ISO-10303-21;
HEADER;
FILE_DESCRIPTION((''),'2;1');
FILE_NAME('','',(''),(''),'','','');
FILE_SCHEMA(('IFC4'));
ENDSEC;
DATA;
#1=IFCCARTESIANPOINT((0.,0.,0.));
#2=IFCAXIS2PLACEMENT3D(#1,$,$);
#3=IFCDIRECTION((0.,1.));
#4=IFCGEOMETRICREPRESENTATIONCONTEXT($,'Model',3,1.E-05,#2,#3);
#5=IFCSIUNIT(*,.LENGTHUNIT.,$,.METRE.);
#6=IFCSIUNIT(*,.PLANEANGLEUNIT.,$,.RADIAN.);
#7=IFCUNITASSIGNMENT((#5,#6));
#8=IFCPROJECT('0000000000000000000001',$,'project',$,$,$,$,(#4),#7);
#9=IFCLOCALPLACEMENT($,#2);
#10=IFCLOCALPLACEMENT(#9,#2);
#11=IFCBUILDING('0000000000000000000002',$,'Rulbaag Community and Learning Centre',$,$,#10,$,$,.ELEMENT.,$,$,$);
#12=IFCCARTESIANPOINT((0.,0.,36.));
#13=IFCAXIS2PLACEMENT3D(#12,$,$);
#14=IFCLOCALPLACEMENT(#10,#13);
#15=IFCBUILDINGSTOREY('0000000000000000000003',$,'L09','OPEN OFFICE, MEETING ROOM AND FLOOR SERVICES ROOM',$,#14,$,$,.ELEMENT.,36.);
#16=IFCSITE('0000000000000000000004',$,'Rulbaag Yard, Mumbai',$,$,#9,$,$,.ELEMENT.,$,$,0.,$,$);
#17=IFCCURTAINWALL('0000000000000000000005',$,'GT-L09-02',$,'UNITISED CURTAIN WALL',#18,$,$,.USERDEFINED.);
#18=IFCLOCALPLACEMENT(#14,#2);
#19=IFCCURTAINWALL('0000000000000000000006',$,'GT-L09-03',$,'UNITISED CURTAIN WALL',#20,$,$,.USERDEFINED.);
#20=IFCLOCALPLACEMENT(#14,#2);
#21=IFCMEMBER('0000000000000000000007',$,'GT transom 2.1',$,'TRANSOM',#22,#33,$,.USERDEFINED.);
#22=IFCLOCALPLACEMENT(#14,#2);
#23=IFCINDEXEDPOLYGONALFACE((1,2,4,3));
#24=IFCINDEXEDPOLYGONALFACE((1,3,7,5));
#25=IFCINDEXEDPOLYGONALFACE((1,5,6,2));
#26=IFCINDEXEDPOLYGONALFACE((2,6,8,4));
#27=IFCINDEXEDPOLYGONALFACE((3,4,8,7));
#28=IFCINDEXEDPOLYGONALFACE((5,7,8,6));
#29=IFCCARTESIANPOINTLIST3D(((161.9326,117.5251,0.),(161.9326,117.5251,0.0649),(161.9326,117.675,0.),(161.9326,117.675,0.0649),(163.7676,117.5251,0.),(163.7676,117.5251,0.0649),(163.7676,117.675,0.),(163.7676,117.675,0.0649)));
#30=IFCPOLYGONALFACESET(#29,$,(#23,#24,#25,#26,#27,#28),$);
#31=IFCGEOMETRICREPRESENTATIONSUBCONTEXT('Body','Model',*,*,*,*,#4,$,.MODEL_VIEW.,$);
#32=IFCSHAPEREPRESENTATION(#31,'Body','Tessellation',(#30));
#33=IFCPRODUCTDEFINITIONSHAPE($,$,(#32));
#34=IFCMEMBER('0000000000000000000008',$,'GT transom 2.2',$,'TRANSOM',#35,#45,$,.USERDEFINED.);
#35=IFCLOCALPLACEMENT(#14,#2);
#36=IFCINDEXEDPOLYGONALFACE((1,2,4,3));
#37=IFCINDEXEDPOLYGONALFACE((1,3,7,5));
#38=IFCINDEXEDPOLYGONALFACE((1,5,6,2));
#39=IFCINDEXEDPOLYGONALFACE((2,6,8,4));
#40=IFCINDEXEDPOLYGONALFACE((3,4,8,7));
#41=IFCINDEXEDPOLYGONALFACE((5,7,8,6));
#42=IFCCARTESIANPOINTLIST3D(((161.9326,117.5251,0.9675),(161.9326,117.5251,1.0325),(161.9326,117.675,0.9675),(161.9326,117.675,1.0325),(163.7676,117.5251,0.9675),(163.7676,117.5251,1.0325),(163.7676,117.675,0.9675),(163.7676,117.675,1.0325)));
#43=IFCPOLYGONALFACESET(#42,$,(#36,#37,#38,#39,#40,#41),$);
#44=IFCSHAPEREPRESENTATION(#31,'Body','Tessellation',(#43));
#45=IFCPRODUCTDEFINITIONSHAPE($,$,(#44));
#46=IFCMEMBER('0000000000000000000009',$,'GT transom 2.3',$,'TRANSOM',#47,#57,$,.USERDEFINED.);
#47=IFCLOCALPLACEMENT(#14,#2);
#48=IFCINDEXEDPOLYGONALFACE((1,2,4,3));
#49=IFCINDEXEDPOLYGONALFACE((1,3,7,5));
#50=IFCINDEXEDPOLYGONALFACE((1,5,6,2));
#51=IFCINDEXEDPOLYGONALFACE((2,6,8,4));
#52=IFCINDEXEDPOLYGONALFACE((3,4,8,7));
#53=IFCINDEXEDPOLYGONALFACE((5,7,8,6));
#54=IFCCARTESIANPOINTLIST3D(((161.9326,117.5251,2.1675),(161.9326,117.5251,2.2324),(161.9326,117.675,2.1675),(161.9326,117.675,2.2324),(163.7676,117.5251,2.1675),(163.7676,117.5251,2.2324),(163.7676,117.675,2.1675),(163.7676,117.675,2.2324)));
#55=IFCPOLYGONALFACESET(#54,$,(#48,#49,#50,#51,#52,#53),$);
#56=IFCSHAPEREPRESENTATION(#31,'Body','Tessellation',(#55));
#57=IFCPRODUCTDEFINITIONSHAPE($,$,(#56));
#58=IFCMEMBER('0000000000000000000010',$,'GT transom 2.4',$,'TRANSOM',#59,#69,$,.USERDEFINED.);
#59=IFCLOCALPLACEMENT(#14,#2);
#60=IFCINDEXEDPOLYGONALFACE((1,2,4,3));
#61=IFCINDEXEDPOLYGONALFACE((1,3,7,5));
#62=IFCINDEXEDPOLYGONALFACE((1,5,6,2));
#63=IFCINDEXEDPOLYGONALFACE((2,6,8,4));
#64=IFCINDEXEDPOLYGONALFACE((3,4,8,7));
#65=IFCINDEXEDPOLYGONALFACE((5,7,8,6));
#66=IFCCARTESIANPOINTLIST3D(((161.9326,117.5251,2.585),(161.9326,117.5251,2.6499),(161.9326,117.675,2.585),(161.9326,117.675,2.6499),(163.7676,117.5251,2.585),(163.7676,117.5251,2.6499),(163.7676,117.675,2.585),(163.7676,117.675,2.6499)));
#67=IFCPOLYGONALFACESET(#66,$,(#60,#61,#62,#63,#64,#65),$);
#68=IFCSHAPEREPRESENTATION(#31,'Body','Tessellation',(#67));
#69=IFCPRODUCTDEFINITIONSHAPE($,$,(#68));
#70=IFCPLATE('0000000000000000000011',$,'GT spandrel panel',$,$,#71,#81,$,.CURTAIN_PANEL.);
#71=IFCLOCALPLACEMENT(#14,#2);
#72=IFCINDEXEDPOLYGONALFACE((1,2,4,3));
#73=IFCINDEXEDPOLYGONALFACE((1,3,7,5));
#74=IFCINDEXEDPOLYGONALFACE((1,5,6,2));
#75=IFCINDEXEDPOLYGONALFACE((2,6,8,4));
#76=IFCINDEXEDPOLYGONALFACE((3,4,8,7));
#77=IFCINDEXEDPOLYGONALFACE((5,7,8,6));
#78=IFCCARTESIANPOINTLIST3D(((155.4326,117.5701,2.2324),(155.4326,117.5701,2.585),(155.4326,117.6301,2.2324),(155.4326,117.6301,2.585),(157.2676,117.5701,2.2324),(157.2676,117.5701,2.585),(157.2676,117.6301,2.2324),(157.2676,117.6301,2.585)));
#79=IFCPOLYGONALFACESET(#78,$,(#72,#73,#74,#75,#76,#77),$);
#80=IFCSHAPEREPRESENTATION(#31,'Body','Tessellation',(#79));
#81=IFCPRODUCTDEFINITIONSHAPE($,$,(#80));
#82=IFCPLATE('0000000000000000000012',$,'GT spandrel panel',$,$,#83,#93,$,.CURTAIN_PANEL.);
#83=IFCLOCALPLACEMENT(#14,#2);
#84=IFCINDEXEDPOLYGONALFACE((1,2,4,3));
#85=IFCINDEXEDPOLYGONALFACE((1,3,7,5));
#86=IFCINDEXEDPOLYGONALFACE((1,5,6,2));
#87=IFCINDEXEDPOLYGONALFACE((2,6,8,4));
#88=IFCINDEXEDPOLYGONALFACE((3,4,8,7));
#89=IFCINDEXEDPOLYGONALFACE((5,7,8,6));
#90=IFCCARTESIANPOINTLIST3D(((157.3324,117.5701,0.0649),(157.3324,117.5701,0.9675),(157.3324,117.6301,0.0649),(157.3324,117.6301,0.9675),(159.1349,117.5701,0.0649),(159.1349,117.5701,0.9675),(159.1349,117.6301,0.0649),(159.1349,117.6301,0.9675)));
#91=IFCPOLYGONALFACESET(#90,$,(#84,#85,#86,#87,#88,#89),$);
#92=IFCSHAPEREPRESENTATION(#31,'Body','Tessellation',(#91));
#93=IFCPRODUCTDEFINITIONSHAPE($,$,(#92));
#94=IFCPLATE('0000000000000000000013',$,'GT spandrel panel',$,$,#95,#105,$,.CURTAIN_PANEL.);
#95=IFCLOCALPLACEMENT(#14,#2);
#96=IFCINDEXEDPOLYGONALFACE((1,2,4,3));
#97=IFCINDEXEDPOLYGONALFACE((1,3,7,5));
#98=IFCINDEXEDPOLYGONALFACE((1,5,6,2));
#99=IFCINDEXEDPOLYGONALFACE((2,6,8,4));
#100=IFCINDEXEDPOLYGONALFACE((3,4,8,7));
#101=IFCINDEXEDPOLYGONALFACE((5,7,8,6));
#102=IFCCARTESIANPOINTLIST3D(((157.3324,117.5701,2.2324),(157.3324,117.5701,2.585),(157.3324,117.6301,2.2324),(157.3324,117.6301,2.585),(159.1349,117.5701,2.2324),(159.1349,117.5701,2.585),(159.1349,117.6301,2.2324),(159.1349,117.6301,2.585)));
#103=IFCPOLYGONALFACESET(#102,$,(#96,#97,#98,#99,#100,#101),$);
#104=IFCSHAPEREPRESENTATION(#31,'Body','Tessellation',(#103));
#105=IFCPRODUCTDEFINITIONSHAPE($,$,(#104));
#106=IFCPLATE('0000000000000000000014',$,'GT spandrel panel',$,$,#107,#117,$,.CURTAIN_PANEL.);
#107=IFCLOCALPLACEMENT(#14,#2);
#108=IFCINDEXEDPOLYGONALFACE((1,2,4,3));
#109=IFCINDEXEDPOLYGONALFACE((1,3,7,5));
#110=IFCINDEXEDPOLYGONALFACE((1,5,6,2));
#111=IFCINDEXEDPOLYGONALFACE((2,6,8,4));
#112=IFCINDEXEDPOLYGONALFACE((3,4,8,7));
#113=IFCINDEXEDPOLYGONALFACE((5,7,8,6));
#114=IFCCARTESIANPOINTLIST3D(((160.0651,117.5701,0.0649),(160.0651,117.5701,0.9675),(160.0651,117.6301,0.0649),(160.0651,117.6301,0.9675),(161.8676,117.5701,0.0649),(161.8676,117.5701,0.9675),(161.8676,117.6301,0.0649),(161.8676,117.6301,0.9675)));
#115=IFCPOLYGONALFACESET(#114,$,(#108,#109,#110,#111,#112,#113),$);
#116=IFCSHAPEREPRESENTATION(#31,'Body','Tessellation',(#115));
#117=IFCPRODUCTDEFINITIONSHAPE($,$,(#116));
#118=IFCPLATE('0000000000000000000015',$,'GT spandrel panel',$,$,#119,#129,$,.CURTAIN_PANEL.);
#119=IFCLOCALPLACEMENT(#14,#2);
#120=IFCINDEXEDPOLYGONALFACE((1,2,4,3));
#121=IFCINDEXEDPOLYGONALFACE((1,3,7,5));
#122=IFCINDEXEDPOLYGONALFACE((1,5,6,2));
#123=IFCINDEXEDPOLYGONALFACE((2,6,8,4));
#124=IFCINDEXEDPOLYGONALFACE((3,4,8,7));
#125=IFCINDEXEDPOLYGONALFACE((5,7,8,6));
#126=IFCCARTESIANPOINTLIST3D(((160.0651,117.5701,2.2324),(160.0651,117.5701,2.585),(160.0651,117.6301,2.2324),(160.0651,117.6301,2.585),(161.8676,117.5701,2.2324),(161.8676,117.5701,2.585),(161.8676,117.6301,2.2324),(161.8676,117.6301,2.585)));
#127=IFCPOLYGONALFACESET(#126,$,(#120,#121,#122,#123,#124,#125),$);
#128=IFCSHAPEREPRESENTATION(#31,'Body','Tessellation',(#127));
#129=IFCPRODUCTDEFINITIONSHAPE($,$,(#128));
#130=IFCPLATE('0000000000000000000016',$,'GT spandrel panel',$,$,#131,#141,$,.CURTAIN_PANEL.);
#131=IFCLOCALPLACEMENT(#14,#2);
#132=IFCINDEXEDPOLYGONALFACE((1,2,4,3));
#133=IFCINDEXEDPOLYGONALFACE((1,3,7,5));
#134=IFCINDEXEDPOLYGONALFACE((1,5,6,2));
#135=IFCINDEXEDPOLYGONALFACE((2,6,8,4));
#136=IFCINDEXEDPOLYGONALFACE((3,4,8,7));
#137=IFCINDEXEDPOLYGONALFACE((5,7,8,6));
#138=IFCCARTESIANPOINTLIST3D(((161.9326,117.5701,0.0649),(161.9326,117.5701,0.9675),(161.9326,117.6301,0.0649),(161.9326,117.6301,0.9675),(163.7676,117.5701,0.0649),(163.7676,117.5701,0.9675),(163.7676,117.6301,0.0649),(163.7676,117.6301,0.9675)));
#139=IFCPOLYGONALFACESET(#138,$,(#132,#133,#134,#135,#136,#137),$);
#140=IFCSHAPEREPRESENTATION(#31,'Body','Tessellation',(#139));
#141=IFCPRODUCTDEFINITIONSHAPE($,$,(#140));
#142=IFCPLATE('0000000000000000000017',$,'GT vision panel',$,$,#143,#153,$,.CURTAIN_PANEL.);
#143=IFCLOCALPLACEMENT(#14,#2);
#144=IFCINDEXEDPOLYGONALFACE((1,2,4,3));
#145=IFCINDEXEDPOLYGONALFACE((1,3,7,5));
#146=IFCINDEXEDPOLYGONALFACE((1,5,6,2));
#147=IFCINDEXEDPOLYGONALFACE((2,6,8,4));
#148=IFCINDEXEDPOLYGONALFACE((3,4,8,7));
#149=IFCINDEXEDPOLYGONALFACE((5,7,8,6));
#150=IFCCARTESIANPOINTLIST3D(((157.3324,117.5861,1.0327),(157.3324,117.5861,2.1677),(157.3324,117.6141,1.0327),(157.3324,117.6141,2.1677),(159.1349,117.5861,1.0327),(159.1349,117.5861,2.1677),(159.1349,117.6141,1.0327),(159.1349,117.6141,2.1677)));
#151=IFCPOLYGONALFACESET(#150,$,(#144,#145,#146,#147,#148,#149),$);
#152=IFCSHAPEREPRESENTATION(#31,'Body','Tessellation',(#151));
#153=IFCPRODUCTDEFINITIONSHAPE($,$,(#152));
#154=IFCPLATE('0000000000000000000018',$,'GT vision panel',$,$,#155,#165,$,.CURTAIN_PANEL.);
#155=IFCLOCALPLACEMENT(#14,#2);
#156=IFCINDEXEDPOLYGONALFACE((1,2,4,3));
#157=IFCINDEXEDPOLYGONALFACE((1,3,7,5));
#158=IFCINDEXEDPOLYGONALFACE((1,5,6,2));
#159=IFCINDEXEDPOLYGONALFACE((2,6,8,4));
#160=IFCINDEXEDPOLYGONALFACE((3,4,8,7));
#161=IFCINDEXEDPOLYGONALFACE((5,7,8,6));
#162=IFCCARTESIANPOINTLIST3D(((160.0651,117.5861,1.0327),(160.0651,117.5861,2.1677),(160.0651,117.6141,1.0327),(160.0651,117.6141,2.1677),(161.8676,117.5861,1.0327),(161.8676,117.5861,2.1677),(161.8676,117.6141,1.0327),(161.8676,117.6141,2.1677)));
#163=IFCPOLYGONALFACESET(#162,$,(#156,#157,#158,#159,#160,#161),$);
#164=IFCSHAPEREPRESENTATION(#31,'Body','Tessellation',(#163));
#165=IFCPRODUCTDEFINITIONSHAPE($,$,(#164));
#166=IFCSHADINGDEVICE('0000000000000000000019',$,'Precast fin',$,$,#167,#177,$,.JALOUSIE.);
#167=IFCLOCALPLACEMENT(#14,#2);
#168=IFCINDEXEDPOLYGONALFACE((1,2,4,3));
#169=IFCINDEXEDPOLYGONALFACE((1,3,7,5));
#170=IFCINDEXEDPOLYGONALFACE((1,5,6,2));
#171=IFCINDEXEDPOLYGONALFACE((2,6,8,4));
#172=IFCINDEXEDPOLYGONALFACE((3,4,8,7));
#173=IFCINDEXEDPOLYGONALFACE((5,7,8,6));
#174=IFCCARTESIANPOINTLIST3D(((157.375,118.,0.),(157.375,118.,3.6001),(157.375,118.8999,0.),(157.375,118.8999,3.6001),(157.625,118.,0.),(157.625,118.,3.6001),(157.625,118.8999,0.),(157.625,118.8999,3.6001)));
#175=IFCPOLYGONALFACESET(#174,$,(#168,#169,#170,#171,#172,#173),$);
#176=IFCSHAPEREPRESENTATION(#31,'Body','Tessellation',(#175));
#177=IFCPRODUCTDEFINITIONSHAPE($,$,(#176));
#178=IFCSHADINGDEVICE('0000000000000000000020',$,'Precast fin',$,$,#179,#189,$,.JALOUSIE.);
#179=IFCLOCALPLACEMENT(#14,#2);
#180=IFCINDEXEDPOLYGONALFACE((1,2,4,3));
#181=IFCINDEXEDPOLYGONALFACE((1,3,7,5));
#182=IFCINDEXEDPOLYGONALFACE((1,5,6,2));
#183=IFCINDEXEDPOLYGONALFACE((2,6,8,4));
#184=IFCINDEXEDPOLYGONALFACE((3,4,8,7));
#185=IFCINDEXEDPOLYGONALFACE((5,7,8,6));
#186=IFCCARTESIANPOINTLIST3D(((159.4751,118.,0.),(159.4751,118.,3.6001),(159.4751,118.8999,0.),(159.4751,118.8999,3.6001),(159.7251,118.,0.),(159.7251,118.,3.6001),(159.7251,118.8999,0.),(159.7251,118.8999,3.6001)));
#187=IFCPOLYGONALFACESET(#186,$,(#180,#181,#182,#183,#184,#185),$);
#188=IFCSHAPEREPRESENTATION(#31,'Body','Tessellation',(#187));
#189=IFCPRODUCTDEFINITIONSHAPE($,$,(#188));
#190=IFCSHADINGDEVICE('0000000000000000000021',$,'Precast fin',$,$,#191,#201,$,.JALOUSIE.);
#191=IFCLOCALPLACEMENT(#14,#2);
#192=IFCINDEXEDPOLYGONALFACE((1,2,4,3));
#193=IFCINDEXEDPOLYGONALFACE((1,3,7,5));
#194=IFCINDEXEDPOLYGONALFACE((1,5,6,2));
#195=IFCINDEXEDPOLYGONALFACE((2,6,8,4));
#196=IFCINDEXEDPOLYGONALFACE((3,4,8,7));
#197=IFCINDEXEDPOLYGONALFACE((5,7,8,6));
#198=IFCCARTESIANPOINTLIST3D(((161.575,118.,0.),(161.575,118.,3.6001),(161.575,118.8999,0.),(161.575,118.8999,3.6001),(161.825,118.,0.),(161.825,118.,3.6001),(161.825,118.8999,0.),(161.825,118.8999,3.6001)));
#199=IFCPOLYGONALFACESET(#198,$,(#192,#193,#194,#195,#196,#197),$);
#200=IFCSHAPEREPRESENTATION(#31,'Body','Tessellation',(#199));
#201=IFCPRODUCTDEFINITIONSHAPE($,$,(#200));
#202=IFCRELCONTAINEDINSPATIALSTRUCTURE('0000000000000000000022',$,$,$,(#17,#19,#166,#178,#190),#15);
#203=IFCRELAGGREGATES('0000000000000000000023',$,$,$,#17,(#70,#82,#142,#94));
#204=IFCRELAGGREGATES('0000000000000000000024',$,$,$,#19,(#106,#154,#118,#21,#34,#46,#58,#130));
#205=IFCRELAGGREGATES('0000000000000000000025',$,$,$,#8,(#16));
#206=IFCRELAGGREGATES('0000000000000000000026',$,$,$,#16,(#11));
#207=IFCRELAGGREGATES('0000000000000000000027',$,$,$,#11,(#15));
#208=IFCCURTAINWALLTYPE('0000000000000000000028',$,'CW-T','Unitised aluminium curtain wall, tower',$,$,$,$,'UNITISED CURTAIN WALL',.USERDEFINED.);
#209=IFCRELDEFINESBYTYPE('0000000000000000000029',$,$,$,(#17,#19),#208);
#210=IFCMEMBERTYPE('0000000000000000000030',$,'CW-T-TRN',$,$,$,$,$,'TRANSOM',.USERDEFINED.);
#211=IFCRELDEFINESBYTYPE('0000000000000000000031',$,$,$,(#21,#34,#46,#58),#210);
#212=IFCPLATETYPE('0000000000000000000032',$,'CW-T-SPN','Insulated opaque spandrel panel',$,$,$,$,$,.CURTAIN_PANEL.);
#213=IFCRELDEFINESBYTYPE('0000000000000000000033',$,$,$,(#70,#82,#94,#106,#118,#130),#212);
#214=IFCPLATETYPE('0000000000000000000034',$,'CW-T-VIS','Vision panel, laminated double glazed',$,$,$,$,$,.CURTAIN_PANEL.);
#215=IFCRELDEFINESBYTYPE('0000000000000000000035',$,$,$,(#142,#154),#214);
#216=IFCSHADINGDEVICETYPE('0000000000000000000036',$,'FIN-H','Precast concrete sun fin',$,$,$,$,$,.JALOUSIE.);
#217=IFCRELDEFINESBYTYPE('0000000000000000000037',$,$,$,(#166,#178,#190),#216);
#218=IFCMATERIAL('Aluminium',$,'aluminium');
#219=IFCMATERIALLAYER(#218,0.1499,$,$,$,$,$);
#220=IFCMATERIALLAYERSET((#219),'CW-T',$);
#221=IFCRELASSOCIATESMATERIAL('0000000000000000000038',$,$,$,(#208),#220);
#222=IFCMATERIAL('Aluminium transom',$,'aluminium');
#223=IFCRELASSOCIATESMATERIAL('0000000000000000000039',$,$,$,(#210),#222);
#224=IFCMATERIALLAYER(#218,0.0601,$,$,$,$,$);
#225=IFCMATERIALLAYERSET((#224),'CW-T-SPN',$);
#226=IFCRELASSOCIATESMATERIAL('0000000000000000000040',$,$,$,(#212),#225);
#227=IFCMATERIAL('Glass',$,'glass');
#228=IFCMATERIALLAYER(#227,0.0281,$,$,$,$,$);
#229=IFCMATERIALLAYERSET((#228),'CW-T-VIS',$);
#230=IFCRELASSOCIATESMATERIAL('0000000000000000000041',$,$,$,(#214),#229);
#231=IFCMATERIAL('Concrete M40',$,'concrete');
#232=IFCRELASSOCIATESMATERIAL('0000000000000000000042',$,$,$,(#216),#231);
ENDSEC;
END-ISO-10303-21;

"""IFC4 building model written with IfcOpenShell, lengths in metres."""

from ifc_helpers import new_model, si_unit, direction, frame, origin, origin_2d, place, context, subcontext, project, spatial, rectangle, extrude, material, layer, layer_set, material_profile, profile_set, type_object, element, aggregate, save


model = new_model("IFC4")

# Units and contexts
model_context = context("Model", 3, precision=1e-05, world=origin(), true_north=direction((0.0, 1.0)))
body_context = subcontext(model_context, "Body", "Model", "MODEL_VIEW")
ifc_project = project(units=[si_unit("LENGTHUNIT", "METRE"), si_unit("PLANEANGLEUNIT", "RADIAN")], contexts=[model_context])

# Site, building, storey
site_placement = place(None, origin())
site = spatial("IfcSite", under=ifc_project, at=site_placement, Name="Rulbaag Yard, Mumbai", CompositionType="ELEMENT", RefElevation=0.0)
building_placement = place(site_placement, origin())
building = spatial("IfcBuilding", under=site, at=building_placement, Name="Rulbaag Community and Learning Centre", CompositionType="ELEMENT")
storey_placement = place(building_placement, frame((0.0, 0.0, 36.0)))
storey = spatial("IfcBuildingStorey", under=building, at=storey_placement, Name="L09", Description="OPEN OFFICE, MEETING ROOM AND FLOOR SERVICES ROOM", CompositionType="ELEMENT", Elevation=36.0)

# Shared definitions
ifc_material_1 = material(Name="Concrete M40", Category="concrete")

# Curtain walls
ifc_material_2 = material(Name="Aluminium", Category="aluminium")
ifc_layer_1 = layer(ifc_material_2, 0.1499)
ifc_layer_set_1 = layer_set([ifc_layer_1], Name="CW-T")
curtain_wall_type = type_object("IfcCurtainWallType", Name="CW-T", Description="Unitised aluminium curtain wall, tower", ElementType="UNITISED CURTAIN WALL", PredefinedType="USERDEFINED", material=ifc_layer_set_1)
curtain_wall_1_placement = place(storey_placement, origin())
curtain_wall_1 = element("IfcCurtainWall", 1, at=curtain_wall_1_placement, inside=storey, type_object=curtain_wall_type, Name="GT-L09-02", ObjectType="UNITISED CURTAIN WALL", PredefinedType="USERDEFINED")
curtain_wall_2_placement = place(storey_placement, origin())
curtain_wall_2 = element("IfcCurtainWall", 2, at=curtain_wall_2_placement, inside=storey, type_object=curtain_wall_type, Name="GT-L09-03", ObjectType="UNITISED CURTAIN WALL", PredefinedType="USERDEFINED")

# Members
ifc_material_3 = material(Name="Aluminium transom", Category="aluminium")
ifc_material_profile_1 = material_profile(ifc_material_3, rectangle(XDim=0.1499, YDim=0.0649, at=origin_2d()), Name="AL 65x150 T")
ifc_profile_set_1 = profile_set([ifc_material_profile_1], Name="Aluminium transom")
member_type_1 = type_object("IfcMemberType", Name="CW-T-TRN", ElementType="TRANSOM", PredefinedType="USERDEFINED", material=ifc_profile_set_1)
member_1_placement = place(storey_placement, frame((161.9326, 117.6001, 0.0325), z_axis=(1.0, 0.0, 0.0), x_axis=(0.0, 1.0, 0.0)))
member_1 = element("IfcMember", 3, at=member_1_placement, type_object=member_type_1, Name="GT transom 2.1", ObjectType="TRANSOM", PredefinedType="USERDEFINED", context=body_context, shape_type="SweptSolid", body=[
    extrude(rectangle(XDim=0.1499, YDim=0.0649, at=origin_2d()), origin(), (0.0, 0.0, 1.0), 1.835),
])
member_2_placement = place(storey_placement, frame((161.9326, 117.6001, 1.0), z_axis=(1.0, 0.0, 0.0), x_axis=(0.0, 1.0, 0.0)))
member_2 = element("IfcMember", 4, at=member_2_placement, type_object=member_type_1, Name="GT transom 2.2", ObjectType="TRANSOM", PredefinedType="USERDEFINED", context=body_context, shape_type="SweptSolid", body=[
    extrude(rectangle(XDim=0.1499, YDim=0.0649, at=origin_2d()), origin(), (0.0, 0.0, 1.0), 1.835),
])
member_3_placement = place(storey_placement, frame((161.9326, 117.6001, 2.2), z_axis=(1.0, 0.0, 0.0), x_axis=(0.0, 1.0, 0.0)))
member_3 = element("IfcMember", 5, at=member_3_placement, type_object=member_type_1, Name="GT transom 2.3", ObjectType="TRANSOM", PredefinedType="USERDEFINED", context=body_context, shape_type="SweptSolid", body=[
    extrude(rectangle(XDim=0.1499, YDim=0.0649, at=origin_2d()), origin(), (0.0, 0.0, 1.0), 1.835),
])
member_4_placement = place(storey_placement, frame((161.9326, 117.6001, 2.6174), z_axis=(1.0, 0.0, 0.0), x_axis=(0.0, 1.0, 0.0)))
member_4 = element("IfcMember", 6, at=member_4_placement, type_object=member_type_1, Name="GT transom 2.4", ObjectType="TRANSOM", PredefinedType="USERDEFINED", context=body_context, shape_type="SweptSolid", body=[
    extrude(rectangle(XDim=0.1499, YDim=0.0649, at=origin_2d()), origin(), (0.0, 0.0, 1.0), 1.835),
])

# Plates
ifc_layer_2 = layer(ifc_material_2, 0.0601)
ifc_layer_set_2 = layer_set([ifc_layer_2], Name="CW-T-SPN")
plate_type_1 = type_object("IfcPlateType", Name="CW-T-SPN", Description="Insulated opaque spandrel panel", PredefinedType="CURTAIN_PANEL", material=ifc_layer_set_2)
plate_1_placement = place(storey_placement, frame((156.3501, 117.6001, 2.2324), z_axis=(0.0, 0.0, 1.0), x_axis=(1.0, 0.0, 0.0)))
plate_1 = element("IfcPlate", 7, at=plate_1_placement, type_object=plate_type_1, Name="GT spandrel panel", PredefinedType="CURTAIN_PANEL", context=body_context, shape_type="SweptSolid", body=[
    extrude(rectangle(XDim=1.835, YDim=0.0601, at=origin_2d()), origin(), (0.0, 0.0, 1.0), 0.3525),
])
plate_2_placement = place(storey_placement, frame((158.2336, 117.6001, 0.0649), z_axis=(0.0, 0.0, 1.0), x_axis=(1.0, 0.0, 0.0)))
plate_2 = element("IfcPlate", 8, at=plate_2_placement, type_object=plate_type_1, Name="GT spandrel panel", PredefinedType="CURTAIN_PANEL", context=body_context, shape_type="SweptSolid", body=[
    extrude(rectangle(XDim=1.8025, YDim=0.0601, at=origin_2d()), origin(), (0.0, 0.0, 1.0), 0.9026),
])
plate_3_placement = place(storey_placement, frame((158.2336, 117.6001, 2.2324), z_axis=(0.0, 0.0, 1.0), x_axis=(1.0, 0.0, 0.0)))
plate_3 = element("IfcPlate", 9, at=plate_3_placement, type_object=plate_type_1, Name="GT spandrel panel", PredefinedType="CURTAIN_PANEL", context=body_context, shape_type="SweptSolid", body=[
    extrude(rectangle(XDim=1.8025, YDim=0.0601, at=origin_2d()), origin(), (0.0, 0.0, 1.0), 0.3525),
])
plate_4_placement = place(storey_placement, frame((160.9663, 117.6001, 0.0649), z_axis=(0.0, 0.0, 1.0), x_axis=(1.0, 0.0, 0.0)))
plate_4 = element("IfcPlate", 10, at=plate_4_placement, type_object=plate_type_1, Name="GT spandrel panel", PredefinedType="CURTAIN_PANEL", context=body_context, shape_type="SweptSolid", body=[
    extrude(rectangle(XDim=1.8025, YDim=0.0601, at=origin_2d()), origin(), (0.0, 0.0, 1.0), 0.9026),
])
plate_5_placement = place(storey_placement, frame((160.9663, 117.6001, 2.2324), z_axis=(0.0, 0.0, 1.0), x_axis=(1.0, 0.0, 0.0)))
plate_5 = element("IfcPlate", 11, at=plate_5_placement, type_object=plate_type_1, Name="GT spandrel panel", PredefinedType="CURTAIN_PANEL", context=body_context, shape_type="SweptSolid", body=[
    extrude(rectangle(XDim=1.8025, YDim=0.0601, at=origin_2d()), origin(), (0.0, 0.0, 1.0), 0.3525),
])
plate_6_placement = place(storey_placement, frame((162.8501, 117.6001, 0.0649), z_axis=(0.0, 0.0, 1.0), x_axis=(1.0, 0.0, 0.0)))
plate_6 = element("IfcPlate", 12, at=plate_6_placement, type_object=plate_type_1, Name="GT spandrel panel", PredefinedType="CURTAIN_PANEL", context=body_context, shape_type="SweptSolid", body=[
    extrude(rectangle(XDim=1.835, YDim=0.0601, at=origin_2d()), origin(), (0.0, 0.0, 1.0), 0.9026),
])
ifc_material_4 = material(Name="Glass", Category="glass")
ifc_layer_3 = layer(ifc_material_4, 0.0281)
ifc_layer_set_3 = layer_set([ifc_layer_3], Name="CW-T-VIS")
plate_type_2 = type_object("IfcPlateType", Name="CW-T-VIS", Description="Vision panel, laminated double glazed", PredefinedType="CURTAIN_PANEL", material=ifc_layer_set_3)
plate_7_placement = place(storey_placement, frame((158.2336, 117.6001, 1.0327), z_axis=(0.0, 0.0, 1.0), x_axis=(1.0, 0.0, 0.0)))
plate_7 = element("IfcPlate", 13, at=plate_7_placement, type_object=plate_type_2, Name="GT vision panel", PredefinedType="CURTAIN_PANEL", context=body_context, shape_type="SweptSolid", body=[
    extrude(rectangle(XDim=1.8025, YDim=0.0281, at=origin_2d()), origin(), (0.0, 0.0, 1.0), 1.135),
])
aggregate(curtain_wall_1, [plate_1, plate_2, plate_7, plate_3])
plate_8_placement = place(storey_placement, frame((160.9663, 117.6001, 1.0327), z_axis=(0.0, 0.0, 1.0), x_axis=(1.0, 0.0, 0.0)))
plate_8 = element("IfcPlate", 14, at=plate_8_placement, type_object=plate_type_2, Name="GT vision panel", PredefinedType="CURTAIN_PANEL", context=body_context, shape_type="SweptSolid", body=[
    extrude(rectangle(XDim=1.8025, YDim=0.0281, at=origin_2d()), origin(), (0.0, 0.0, 1.0), 1.135),
])
aggregate(curtain_wall_2, [plate_4, plate_8, plate_5, member_1, member_2, member_3, member_4, plate_6])

# Shading devices
ifc_material_profile_2 = material_profile(ifc_material_1, rectangle(XDim=0.25, YDim=0.8999, at=origin_2d()), Name="PC 250x900")
ifc_profile_set_2 = profile_set([ifc_material_profile_2], Name="Concrete M40")
shading_device_type = type_object("IfcShadingDeviceType", Name="FIN-H", Description="Precast concrete sun fin", PredefinedType="JALOUSIE", material=ifc_profile_set_2)
for number, where, z_axis, x_axis, name in (
    (15, (157.5, 118.45, 0.0), (0.0, 0.0, 1.0), (1.0, 0.0, 0.0), "Precast fin"),
    (16, (159.6001, 118.45, 0.0), (0.0, 0.0, 1.0), (1.0, 0.0, 0.0), "Precast fin"),
    (17, (161.7, 118.45, 0.0), (0.0, 0.0, 1.0), (1.0, 0.0, 0.0), "Precast fin"),
):
    element("IfcShadingDevice", number, at=place(storey_placement, frame(where, z_axis=z_axis, x_axis=x_axis)), inside=storey, type_object=shading_device_type, Name=name, PredefinedType="JALOUSIE", context=body_context, shape_type="SweptSolid", body=[
        extrude(rectangle(XDim=0.25, YDim=0.8999, at=origin_2d()), origin(), (0.0, 0.0, 1.0), 3.6001),
    ])

save(model, "model.ifc")
